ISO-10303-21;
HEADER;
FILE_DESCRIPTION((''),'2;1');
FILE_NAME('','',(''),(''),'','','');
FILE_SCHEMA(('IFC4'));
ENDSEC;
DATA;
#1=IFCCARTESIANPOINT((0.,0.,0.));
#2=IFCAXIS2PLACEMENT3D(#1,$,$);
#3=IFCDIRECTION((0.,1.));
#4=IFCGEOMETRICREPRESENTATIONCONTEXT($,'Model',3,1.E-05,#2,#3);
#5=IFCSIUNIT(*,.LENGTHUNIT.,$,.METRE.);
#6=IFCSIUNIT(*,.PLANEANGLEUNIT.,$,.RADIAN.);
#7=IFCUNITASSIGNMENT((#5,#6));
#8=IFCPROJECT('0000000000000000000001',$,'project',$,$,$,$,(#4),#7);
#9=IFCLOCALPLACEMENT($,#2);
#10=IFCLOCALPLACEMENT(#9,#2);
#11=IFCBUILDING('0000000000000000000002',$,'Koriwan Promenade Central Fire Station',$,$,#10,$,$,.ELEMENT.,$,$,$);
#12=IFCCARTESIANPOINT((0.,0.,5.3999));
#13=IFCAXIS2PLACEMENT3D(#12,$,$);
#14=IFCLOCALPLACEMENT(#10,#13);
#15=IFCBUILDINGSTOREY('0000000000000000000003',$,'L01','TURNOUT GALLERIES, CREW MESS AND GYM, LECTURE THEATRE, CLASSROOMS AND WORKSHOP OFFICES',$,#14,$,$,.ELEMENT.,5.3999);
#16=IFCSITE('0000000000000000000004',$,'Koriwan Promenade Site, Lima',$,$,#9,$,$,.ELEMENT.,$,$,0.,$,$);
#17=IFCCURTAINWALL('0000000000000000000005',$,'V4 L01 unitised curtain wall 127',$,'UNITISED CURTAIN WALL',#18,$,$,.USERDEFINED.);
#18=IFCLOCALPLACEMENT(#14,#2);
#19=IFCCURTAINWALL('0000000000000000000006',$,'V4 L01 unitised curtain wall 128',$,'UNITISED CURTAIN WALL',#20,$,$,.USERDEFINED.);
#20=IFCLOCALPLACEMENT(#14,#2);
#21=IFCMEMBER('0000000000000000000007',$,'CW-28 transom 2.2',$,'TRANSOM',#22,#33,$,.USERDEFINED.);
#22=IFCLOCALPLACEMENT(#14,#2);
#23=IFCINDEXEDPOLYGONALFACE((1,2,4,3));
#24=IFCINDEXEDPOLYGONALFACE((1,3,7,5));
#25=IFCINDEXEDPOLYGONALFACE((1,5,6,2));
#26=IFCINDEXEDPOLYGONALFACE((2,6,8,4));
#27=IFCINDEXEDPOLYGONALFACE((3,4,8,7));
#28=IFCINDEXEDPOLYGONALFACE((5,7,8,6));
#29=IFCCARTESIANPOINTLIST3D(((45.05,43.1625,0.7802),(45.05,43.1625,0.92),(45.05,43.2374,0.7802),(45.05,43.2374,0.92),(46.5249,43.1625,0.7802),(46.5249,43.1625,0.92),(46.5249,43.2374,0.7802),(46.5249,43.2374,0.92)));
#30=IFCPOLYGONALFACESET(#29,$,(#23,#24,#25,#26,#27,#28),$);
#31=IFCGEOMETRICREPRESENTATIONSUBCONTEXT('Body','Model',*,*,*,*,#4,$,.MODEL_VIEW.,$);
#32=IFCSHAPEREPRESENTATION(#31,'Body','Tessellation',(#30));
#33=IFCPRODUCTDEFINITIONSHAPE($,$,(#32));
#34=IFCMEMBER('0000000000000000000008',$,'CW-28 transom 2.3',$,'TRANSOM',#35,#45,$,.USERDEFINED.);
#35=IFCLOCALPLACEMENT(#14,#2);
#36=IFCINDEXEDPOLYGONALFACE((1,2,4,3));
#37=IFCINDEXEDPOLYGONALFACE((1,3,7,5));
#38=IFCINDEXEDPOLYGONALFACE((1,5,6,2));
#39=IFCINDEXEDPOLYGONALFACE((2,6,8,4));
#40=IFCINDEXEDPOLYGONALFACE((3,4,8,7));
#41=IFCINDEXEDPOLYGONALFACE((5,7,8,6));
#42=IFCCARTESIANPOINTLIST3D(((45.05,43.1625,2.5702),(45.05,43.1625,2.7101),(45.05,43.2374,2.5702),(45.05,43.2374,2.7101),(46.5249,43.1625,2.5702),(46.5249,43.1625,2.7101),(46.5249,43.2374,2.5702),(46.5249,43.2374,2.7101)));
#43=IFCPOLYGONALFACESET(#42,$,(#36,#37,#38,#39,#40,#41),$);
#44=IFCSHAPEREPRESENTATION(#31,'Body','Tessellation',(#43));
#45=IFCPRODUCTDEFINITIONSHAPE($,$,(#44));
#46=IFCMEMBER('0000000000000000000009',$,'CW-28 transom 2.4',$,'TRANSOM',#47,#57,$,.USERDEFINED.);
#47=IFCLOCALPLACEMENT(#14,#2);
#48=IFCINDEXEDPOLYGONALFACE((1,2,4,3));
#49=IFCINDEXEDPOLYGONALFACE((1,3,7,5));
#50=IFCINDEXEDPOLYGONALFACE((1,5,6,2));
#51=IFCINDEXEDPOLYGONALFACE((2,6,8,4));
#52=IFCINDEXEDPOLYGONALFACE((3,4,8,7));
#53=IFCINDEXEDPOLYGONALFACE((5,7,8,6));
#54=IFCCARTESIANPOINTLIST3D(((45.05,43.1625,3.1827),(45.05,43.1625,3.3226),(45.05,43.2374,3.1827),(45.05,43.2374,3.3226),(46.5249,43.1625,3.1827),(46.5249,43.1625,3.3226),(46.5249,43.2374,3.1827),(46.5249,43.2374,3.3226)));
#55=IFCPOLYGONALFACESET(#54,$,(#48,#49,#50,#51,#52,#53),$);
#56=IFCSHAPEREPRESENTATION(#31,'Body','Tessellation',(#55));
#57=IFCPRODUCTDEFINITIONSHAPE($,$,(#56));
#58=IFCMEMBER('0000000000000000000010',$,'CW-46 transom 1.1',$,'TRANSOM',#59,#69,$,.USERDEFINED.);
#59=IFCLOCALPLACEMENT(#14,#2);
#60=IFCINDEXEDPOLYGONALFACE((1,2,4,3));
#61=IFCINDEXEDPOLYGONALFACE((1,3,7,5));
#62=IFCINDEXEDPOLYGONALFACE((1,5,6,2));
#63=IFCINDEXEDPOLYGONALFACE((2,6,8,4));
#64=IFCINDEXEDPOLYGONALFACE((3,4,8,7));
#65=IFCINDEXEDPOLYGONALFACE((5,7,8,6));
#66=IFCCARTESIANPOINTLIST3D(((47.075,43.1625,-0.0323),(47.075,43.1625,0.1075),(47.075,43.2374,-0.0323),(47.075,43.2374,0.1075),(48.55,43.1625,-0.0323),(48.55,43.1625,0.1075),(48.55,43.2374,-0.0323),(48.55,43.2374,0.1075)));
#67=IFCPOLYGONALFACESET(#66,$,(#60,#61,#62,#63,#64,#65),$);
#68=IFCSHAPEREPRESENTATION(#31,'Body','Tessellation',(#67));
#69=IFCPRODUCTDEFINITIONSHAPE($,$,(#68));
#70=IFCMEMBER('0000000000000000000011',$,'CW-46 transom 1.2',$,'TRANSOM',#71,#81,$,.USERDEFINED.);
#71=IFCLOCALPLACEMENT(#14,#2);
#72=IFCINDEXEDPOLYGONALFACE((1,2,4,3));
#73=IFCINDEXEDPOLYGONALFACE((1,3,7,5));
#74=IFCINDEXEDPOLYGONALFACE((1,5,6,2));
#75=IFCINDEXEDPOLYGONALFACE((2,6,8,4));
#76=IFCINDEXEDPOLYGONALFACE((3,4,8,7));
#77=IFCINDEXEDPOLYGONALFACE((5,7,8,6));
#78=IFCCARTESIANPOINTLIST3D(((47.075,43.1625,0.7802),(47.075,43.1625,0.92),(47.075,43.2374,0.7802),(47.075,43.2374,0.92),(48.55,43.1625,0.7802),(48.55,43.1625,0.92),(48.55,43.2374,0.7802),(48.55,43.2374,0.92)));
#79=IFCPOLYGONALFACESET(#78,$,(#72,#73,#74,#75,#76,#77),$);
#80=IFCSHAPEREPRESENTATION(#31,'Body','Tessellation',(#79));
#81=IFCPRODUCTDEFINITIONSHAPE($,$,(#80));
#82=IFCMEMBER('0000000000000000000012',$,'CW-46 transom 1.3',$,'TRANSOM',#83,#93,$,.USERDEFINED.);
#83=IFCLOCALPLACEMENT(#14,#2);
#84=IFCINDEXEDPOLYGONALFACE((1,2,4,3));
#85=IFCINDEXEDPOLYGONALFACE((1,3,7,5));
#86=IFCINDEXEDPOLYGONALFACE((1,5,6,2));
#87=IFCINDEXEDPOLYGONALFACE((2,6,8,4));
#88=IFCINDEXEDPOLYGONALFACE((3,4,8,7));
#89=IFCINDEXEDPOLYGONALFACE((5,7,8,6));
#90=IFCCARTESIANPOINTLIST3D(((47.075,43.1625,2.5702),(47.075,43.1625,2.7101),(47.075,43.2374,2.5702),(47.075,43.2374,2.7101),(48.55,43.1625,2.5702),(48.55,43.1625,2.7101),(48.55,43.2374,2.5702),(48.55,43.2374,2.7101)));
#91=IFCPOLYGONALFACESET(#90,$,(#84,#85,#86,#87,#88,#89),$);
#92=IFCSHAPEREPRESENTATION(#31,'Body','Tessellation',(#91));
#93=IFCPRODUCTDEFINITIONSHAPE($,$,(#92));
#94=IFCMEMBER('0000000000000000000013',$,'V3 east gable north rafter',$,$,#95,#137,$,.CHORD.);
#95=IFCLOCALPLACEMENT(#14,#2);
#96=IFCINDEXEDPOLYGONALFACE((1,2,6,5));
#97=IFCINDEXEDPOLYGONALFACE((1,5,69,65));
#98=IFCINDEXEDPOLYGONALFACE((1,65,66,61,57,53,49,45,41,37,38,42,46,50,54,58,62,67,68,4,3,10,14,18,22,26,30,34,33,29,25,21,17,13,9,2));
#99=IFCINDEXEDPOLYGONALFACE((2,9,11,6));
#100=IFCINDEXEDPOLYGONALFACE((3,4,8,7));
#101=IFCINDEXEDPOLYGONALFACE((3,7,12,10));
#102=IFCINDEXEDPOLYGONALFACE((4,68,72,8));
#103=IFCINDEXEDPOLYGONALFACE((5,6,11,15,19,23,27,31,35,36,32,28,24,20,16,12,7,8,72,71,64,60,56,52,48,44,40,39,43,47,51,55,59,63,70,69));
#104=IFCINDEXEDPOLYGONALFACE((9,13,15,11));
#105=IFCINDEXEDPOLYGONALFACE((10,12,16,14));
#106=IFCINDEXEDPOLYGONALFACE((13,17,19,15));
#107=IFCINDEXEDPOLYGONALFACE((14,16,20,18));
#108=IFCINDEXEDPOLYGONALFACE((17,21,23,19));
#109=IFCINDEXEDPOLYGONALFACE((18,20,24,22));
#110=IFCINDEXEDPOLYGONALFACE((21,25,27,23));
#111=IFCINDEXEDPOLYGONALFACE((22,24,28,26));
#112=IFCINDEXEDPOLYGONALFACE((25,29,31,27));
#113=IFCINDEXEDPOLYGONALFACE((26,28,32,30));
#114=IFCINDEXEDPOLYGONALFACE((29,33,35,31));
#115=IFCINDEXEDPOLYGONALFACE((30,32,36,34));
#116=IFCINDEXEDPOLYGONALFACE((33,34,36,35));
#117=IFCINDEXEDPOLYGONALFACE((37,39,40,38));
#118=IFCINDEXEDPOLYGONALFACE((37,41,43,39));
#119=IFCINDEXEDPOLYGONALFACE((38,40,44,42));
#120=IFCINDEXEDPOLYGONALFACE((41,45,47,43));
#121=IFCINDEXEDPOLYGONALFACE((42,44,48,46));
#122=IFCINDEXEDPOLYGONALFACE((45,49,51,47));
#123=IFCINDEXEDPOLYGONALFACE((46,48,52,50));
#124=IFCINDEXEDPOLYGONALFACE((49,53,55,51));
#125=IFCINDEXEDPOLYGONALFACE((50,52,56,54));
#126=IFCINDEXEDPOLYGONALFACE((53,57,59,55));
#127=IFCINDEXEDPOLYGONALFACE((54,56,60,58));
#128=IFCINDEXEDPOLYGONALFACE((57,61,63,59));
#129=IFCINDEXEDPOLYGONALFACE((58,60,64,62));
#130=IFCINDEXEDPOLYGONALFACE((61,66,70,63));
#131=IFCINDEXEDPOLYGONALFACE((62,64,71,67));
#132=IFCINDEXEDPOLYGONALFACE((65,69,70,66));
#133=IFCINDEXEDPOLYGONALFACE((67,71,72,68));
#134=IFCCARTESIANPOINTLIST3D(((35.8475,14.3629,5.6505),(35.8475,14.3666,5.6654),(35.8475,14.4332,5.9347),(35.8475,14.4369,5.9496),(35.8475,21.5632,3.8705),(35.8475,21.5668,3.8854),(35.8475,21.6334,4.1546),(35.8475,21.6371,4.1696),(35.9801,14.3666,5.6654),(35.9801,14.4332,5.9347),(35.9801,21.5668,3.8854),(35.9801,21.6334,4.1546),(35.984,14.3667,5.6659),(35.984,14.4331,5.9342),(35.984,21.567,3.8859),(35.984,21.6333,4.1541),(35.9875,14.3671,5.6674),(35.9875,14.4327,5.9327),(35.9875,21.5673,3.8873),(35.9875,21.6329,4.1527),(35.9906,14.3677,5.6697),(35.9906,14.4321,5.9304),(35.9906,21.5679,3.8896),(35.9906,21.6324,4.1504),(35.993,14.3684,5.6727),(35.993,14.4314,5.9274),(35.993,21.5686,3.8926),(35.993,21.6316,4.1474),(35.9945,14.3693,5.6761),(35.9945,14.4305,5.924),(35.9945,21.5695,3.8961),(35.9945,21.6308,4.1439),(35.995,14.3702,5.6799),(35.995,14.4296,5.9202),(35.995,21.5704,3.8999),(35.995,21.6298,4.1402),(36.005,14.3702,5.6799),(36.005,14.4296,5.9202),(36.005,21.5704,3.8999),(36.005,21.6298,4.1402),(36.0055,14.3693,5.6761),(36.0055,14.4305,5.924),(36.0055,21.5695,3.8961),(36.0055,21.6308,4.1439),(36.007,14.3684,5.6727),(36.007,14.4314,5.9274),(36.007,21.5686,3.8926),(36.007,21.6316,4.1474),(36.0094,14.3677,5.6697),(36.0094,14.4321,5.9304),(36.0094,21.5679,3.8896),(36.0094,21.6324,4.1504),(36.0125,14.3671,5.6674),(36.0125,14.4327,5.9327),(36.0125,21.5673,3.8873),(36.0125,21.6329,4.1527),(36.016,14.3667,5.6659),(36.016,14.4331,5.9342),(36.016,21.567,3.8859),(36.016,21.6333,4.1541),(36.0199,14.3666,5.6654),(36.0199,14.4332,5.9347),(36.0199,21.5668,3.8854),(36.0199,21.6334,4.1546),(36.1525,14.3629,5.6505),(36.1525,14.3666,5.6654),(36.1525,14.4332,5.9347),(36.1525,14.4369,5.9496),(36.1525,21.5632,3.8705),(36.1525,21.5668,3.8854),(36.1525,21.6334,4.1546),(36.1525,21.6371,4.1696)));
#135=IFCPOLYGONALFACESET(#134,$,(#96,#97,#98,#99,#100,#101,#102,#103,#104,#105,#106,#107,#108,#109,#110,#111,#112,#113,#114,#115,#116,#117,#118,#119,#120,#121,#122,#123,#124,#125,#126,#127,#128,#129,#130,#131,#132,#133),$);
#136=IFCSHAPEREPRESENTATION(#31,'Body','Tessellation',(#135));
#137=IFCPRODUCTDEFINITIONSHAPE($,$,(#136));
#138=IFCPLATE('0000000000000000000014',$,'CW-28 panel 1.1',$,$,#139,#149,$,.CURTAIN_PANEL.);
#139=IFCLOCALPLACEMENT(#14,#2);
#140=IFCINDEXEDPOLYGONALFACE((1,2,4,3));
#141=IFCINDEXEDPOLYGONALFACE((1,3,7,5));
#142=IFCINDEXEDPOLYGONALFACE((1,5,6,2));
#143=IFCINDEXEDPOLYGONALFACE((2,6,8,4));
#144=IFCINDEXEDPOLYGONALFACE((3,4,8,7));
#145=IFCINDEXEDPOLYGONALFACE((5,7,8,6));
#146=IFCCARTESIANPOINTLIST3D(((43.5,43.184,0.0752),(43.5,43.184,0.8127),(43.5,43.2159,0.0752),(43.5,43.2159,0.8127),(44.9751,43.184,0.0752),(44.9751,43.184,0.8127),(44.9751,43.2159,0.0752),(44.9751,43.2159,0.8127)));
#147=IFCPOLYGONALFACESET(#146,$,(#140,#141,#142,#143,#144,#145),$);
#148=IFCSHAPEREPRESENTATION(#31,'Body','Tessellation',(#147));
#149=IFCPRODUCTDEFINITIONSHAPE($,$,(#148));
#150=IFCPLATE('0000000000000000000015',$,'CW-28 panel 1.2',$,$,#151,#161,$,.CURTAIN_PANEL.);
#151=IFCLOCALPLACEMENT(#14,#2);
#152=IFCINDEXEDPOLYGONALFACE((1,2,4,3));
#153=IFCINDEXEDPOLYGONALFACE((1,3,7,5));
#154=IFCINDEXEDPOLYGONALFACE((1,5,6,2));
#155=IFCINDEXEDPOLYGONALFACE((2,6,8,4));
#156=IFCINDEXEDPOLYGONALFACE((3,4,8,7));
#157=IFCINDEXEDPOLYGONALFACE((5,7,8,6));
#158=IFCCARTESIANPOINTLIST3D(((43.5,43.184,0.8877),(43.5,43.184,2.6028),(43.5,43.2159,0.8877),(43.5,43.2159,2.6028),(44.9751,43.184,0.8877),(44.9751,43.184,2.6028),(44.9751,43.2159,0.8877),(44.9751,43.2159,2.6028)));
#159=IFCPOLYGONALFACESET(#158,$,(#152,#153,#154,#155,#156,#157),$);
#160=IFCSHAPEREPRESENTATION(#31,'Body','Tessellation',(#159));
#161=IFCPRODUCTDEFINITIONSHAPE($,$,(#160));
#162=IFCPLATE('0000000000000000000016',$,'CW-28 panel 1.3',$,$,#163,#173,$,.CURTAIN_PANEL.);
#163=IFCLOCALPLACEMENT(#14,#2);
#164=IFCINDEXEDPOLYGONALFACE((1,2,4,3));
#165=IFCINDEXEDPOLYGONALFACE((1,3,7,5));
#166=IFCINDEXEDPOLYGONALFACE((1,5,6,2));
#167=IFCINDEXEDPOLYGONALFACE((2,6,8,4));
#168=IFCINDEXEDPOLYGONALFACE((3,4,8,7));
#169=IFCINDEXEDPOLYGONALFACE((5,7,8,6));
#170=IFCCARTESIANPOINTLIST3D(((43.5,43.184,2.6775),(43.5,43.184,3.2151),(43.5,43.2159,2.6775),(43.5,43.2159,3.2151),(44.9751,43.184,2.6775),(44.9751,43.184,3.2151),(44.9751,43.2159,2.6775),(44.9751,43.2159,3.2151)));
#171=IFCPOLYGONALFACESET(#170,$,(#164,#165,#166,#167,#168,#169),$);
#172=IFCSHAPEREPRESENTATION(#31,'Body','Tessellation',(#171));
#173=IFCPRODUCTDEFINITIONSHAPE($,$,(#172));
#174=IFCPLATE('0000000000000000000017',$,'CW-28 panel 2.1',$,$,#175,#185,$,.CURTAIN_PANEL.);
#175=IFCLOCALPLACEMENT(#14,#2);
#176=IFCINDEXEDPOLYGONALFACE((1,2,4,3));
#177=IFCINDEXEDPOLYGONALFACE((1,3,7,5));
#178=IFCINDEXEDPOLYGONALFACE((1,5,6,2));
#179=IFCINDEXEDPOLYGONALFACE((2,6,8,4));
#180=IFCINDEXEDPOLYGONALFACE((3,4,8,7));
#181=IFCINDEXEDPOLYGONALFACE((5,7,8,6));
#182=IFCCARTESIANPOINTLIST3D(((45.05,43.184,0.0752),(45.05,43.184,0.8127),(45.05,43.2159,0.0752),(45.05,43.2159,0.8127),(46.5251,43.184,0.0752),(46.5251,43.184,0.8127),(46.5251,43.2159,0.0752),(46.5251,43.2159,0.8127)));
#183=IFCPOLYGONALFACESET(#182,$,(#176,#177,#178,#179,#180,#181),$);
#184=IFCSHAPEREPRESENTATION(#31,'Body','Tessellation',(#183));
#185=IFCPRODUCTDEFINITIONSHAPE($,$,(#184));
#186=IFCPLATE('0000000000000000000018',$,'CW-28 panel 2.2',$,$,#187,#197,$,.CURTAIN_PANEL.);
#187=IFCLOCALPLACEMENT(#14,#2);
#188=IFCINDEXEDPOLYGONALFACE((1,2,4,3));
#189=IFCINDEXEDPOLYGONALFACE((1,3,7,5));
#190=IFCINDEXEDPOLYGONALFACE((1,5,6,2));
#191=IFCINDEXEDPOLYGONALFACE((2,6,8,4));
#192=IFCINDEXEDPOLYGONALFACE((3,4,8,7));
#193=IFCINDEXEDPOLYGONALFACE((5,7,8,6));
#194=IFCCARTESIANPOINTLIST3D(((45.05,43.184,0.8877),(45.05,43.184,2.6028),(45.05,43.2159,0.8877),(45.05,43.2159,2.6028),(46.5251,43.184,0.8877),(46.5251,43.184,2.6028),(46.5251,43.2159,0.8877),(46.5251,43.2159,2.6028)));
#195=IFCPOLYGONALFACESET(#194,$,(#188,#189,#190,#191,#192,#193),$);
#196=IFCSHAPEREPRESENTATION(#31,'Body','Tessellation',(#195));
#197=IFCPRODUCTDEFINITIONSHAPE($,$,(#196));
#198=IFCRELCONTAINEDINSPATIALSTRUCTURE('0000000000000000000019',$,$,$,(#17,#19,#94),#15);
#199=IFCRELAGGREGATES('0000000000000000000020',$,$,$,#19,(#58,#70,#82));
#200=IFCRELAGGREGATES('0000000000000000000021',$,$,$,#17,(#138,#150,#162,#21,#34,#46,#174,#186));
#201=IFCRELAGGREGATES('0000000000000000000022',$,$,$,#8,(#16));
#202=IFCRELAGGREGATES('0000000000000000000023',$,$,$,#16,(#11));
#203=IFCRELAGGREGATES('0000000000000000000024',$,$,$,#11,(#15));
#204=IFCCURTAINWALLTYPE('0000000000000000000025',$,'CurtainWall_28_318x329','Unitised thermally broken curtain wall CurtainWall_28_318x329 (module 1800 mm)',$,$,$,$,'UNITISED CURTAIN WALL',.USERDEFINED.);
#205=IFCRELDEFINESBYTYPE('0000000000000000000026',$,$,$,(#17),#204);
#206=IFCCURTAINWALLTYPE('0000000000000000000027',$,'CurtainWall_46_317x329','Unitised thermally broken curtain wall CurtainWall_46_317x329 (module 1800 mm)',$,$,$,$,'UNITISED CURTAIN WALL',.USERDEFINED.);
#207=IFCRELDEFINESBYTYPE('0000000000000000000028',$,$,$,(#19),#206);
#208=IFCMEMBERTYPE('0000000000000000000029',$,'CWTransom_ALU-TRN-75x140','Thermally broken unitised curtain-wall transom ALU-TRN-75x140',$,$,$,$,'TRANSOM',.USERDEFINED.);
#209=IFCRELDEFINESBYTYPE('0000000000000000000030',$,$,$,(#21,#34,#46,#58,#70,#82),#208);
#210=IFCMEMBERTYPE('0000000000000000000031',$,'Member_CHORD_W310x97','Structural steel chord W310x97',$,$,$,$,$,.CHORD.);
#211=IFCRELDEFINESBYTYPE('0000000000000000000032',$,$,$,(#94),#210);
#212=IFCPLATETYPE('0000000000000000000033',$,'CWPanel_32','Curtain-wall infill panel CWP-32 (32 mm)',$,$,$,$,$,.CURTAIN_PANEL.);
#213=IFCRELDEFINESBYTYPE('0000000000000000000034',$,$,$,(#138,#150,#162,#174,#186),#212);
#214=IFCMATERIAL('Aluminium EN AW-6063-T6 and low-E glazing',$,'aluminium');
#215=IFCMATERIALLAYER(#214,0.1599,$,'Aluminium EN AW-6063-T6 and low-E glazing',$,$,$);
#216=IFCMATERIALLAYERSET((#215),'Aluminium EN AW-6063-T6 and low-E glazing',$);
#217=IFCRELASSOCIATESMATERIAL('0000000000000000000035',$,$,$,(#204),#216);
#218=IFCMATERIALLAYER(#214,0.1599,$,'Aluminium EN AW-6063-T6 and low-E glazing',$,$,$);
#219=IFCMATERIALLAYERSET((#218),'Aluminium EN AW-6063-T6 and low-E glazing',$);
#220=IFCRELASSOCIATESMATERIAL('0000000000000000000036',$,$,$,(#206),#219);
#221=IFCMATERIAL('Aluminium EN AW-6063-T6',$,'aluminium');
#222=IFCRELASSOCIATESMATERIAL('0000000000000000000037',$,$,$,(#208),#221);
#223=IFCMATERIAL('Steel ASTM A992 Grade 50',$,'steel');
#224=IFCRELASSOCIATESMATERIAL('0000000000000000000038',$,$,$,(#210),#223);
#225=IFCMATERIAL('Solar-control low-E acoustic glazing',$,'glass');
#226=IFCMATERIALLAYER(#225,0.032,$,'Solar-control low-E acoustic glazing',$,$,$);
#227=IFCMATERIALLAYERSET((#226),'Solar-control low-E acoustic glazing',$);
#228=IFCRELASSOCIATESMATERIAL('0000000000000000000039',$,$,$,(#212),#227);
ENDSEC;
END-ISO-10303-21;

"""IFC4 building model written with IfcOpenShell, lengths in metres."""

from ifc_helpers import new_model, si_unit, direction, frame, origin, origin_2d, place, context, subcontext, project, spatial, rectangle, i_section, extrude, material, layer, layer_set, material_profile, profile_set, type_object, element, aggregate, save


model = new_model("IFC4")

# Units and contexts
model_context = context("Model", 3, precision=1e-05, world=origin(), true_north=direction((0.0, 1.0)))
body_context = subcontext(model_context, "Body", "Model", "MODEL_VIEW")
ifc_project = project(units=[si_unit("LENGTHUNIT", "METRE"), si_unit("PLANEANGLEUNIT", "RADIAN")], contexts=[model_context])

# Site, building, storey
site_placement = place(None, origin())
site = spatial("IfcSite", under=ifc_project, at=site_placement, Name="Koriwan Promenade Site, Lima", CompositionType="ELEMENT", RefElevation=0.0)
building_placement = place(site_placement, origin())
building = spatial("IfcBuilding", under=site, at=building_placement, Name="Koriwan Promenade Central Fire Station", CompositionType="ELEMENT")
storey_placement = place(building_placement, frame((0.0, 0.0, 5.3999)))
storey = spatial("IfcBuildingStorey", under=building, at=storey_placement, Name="L01", Description="TURNOUT GALLERIES, CREW MESS AND GYM, LECTURE THEATRE, CLASSROOMS AND WORKSHOP OFFICES", CompositionType="ELEMENT", Elevation=5.3999)

# Curtain wall
ifc_material_1 = material(Name="Aluminium EN AW-6063-T6 and low-E glazing", Category="aluminium")
ifc_layer_1 = layer(ifc_material_1, 0.1599, Name="Aluminium EN AW-6063-T6 and low-E glazing")
ifc_layer_set_1 = layer_set([ifc_layer_1], Name="Aluminium EN AW-6063-T6 and low-E glazing")
curtain_wall_type_1 = type_object("IfcCurtainWallType", Name="CurtainWall_28_318x329", Description="Unitised thermally broken curtain wall CurtainWall_28_318x329 (module 1800 mm)", ElementType="UNITISED CURTAIN WALL", PredefinedType="USERDEFINED", material=ifc_layer_set_1)
curtain_wall_1_placement = place(storey_placement, origin())
curtain_wall_1 = element("IfcCurtainWall", 1, at=curtain_wall_1_placement, inside=storey, type_object=curtain_wall_type_1, Name="V4 L01 unitised curtain wall 127", ObjectType="UNITISED CURTAIN WALL", PredefinedType="USERDEFINED")
ifc_material_2 = material(Name="Aluminium EN AW-6063-T6", Category="aluminium")

# Curtain wall
ifc_layer_2 = layer(ifc_material_1, 0.1599, Name="Aluminium EN AW-6063-T6 and low-E glazing")
ifc_layer_set_2 = layer_set([ifc_layer_2], Name="Aluminium EN AW-6063-T6 and low-E glazing")
curtain_wall_type_2 = type_object("IfcCurtainWallType", Name="CurtainWall_46_317x329", Description="Unitised thermally broken curtain wall CurtainWall_46_317x329 (module 1800 mm)", ElementType="UNITISED CURTAIN WALL", PredefinedType="USERDEFINED", material=ifc_layer_set_2)
curtain_wall_2_placement = place(storey_placement, origin())
curtain_wall_2 = element("IfcCurtainWall", 2, at=curtain_wall_2_placement, inside=storey, type_object=curtain_wall_type_2, Name="V4 L01 unitised curtain wall 128", ObjectType="UNITISED CURTAIN WALL", PredefinedType="USERDEFINED")

# Members
ifc_material_profile_1 = material_profile(ifc_material_2, rectangle(XDim=0.075, YDim=0.1399, at=origin_2d()), Name="ALU-TRN-75x140")
ifc_profile_set_1 = profile_set([ifc_material_profile_1], Name="Aluminium EN AW-6063-T6")
member_type_1 = type_object("IfcMemberType", Name="CWTransom_ALU-TRN-75x140", Description="Thermally broken unitised curtain-wall transom ALU-TRN-75x140", ElementType="TRANSOM", PredefinedType="USERDEFINED", material=ifc_profile_set_1)
member_1_placement = place(storey_placement, frame((45.05, 43.2, 0.8501), z_axis=(1.0, 0.0, 0.0), x_axis=(0.0, 1.0, 0.0)))
member_1 = element("IfcMember", 3, at=member_1_placement, type_object=member_type_1, Name="CW-28 transom 2.2", ObjectType="TRANSOM", PredefinedType="USERDEFINED", context=body_context, shape_type="SweptSolid", body=[
    extrude(rectangle(XDim=0.075, YDim=0.1399, at=origin_2d()), origin(), (0.0, 0.0, 1.0), 1.4749),
])
member_2_placement = place(storey_placement, frame((45.05, 43.2, 2.6401), z_axis=(1.0, 0.0, 0.0), x_axis=(0.0, 1.0, 0.0)))
member_2 = element("IfcMember", 4, at=member_2_placement, type_object=member_type_1, Name="CW-28 transom 2.3", ObjectType="TRANSOM", PredefinedType="USERDEFINED", context=body_context, shape_type="SweptSolid", body=[
    extrude(rectangle(XDim=0.075, YDim=0.1399, at=origin_2d()), origin(), (0.0, 0.0, 1.0), 1.4749),
])
member_3_placement = place(storey_placement, frame((45.05, 43.2, 3.2527), z_axis=(1.0, 0.0, 0.0), x_axis=(0.0, 1.0, 0.0)))
member_3 = element("IfcMember", 5, at=member_3_placement, type_object=member_type_1, Name="CW-28 transom 2.4", ObjectType="TRANSOM", PredefinedType="USERDEFINED", context=body_context, shape_type="SweptSolid", body=[
    extrude(rectangle(XDim=0.075, YDim=0.1399, at=origin_2d()), origin(), (0.0, 0.0, 1.0), 1.4749),
])
member_4_placement = place(storey_placement, frame((47.075, 43.2, 0.0376), z_axis=(1.0, 0.0, 0.0), x_axis=(0.0, 1.0, 0.0)))
member_4 = element("IfcMember", 6, at=member_4_placement, type_object=member_type_1, Name="CW-46 transom 1.1", ObjectType="TRANSOM", PredefinedType="USERDEFINED", context=body_context, shape_type="SweptSolid", body=[
    extrude(rectangle(XDim=0.075, YDim=0.1399, at=origin_2d()), origin(), (0.0, 0.0, 1.0), 1.4751),
])
member_5_placement = place(storey_placement, frame((47.075, 43.2, 0.8501), z_axis=(1.0, 0.0, 0.0), x_axis=(0.0, 1.0, 0.0)))
member_5 = element("IfcMember", 7, at=member_5_placement, type_object=member_type_1, Name="CW-46 transom 1.2", ObjectType="TRANSOM", PredefinedType="USERDEFINED", context=body_context, shape_type="SweptSolid", body=[
    extrude(rectangle(XDim=0.075, YDim=0.1399, at=origin_2d()), origin(), (0.0, 0.0, 1.0), 1.4751),
])
member_6_placement = place(storey_placement, frame((47.075, 43.2, 2.6401), z_axis=(1.0, 0.0, 0.0), x_axis=(0.0, 1.0, 0.0)))
member_6 = element("IfcMember", 8, at=member_6_placement, type_object=member_type_1, Name="CW-46 transom 1.3", ObjectType="TRANSOM", PredefinedType="USERDEFINED", context=body_context, shape_type="SweptSolid", body=[
    extrude(rectangle(XDim=0.075, YDim=0.1399, at=origin_2d()), origin(), (0.0, 0.0, 1.0), 1.4751),
])
aggregate(curtain_wall_2, [member_4, member_5, member_6])
ifc_material_3 = material(Name="Steel ASTM A992 Grade 50", Category="steel")
ifc_material_profile_2 = material_profile(ifc_material_3, i_section(OverallWidth=0.3049, OverallDepth=0.3081, WebThickness=0.01, FlangeThickness=0.0154, FilletRadius=0.0149, at=origin_2d()), Name="W310x97")
ifc_profile_set_2 = profile_set([ifc_material_profile_2], Name="Steel ASTM A992 Grade 50")
member_type_2 = type_object("IfcMemberType", Name="Member_CHORD_W310x97", Description="Structural steel chord W310x97", PredefinedType="CHORD", material=ifc_profile_set_2)
member_7_placement = place(storey_placement, frame((36.0, 14.3999, 5.8), z_axis=(0.0, 0.970774, -0.239994), x_axis=(-1.0, 0.0, 0.0)))
element("IfcMember", 9, at=member_7_placement, inside=storey, type_object=member_type_2, Name="V3 east gable north rafter", PredefinedType="CHORD", context=body_context, shape_type="SweptSolid", body=[
    extrude(i_section(OverallWidth=0.3049, OverallDepth=0.3081, WebThickness=0.01, FlangeThickness=0.0154, FilletRadius=0.0149, at=origin_2d()), origin(), (0.0, 0.0, 1.0), 7.417),
])

# Plates
ifc_material_4 = material(Name="Solar-control low-E acoustic glazing", Category="glass")
ifc_layer_3 = layer(ifc_material_4, 0.032, Name="Solar-control low-E acoustic glazing")
ifc_layer_set_3 = layer_set([ifc_layer_3], Name="Solar-control low-E acoustic glazing")
plate_type_1 = type_object("IfcPlateType", Name="CWPanel_32", Description="Curtain-wall infill panel CWP-32 (32 mm)", PredefinedType="CURTAIN_PANEL", material=ifc_layer_set_3)
plate_1_placement = place(storey_placement, frame((44.2375, 43.2, 0.0752), z_axis=(0.0, 0.0, 1.0), x_axis=(1.0, 0.0, 0.0)))
plate_1 = element("IfcPlate", 10, at=plate_1_placement, type_object=plate_type_1, Name="CW-28 panel 1.1", PredefinedType="CURTAIN_PANEL", context=body_context, shape_type="SweptSolid", body=[
    extrude(rectangle(XDim=1.4751, YDim=0.032, at=origin_2d()), origin(), (0.0, 0.0, 1.0), 0.7375),
])
plate_2_placement = place(storey_placement, frame((44.2375, 43.2, 0.8877), z_axis=(0.0, 0.0, 1.0), x_axis=(1.0, 0.0, 0.0)))
plate_2 = element("IfcPlate", 11, at=plate_2_placement, type_object=plate_type_1, Name="CW-28 panel 1.2", PredefinedType="CURTAIN_PANEL", context=body_context, shape_type="SweptSolid", body=[
    extrude(rectangle(XDim=1.4751, YDim=0.032, at=origin_2d()), origin(), (0.0, 0.0, 1.0), 1.7151),
])
plate_3_placement = place(storey_placement, frame((44.2375, 43.2, 2.6775), z_axis=(0.0, 0.0, 1.0), x_axis=(1.0, 0.0, 0.0)))
plate_3 = element("IfcPlate", 12, at=plate_3_placement, type_object=plate_type_1, Name="CW-28 panel 1.3", PredefinedType="CURTAIN_PANEL", context=body_context, shape_type="SweptSolid", body=[
    extrude(rectangle(XDim=1.4751, YDim=0.032, at=origin_2d()), origin(), (0.0, 0.0, 1.0), 0.5376),
])
plate_4_placement = place(storey_placement, frame((45.7876, 43.2, 0.0752), z_axis=(0.0, 0.0, 1.0), x_axis=(1.0, 0.0, 0.0)))
plate_4 = element("IfcPlate", 13, at=plate_4_placement, type_object=plate_type_1, Name="CW-28 panel 2.1", PredefinedType="CURTAIN_PANEL", context=body_context, shape_type="SweptSolid", body=[
    extrude(rectangle(XDim=1.4751, YDim=0.032, at=origin_2d()), origin(), (0.0, 0.0, 1.0), 0.7375),
])
plate_5_placement = place(storey_placement, frame((45.7876, 43.2, 0.8877), z_axis=(0.0, 0.0, 1.0), x_axis=(1.0, 0.0, 0.0)))
plate_5 = element("IfcPlate", 14, at=plate_5_placement, type_object=plate_type_1, Name="CW-28 panel 2.2", PredefinedType="CURTAIN_PANEL", context=body_context, shape_type="SweptSolid", body=[
    extrude(rectangle(XDim=1.4751, YDim=0.032, at=origin_2d()), origin(), (0.0, 0.0, 1.0), 1.7151),
])
aggregate(curtain_wall_1, [plate_1, plate_2, plate_3, member_1, member_2, member_3, plate_4, plate_5])

save(model, "model.ifc")
